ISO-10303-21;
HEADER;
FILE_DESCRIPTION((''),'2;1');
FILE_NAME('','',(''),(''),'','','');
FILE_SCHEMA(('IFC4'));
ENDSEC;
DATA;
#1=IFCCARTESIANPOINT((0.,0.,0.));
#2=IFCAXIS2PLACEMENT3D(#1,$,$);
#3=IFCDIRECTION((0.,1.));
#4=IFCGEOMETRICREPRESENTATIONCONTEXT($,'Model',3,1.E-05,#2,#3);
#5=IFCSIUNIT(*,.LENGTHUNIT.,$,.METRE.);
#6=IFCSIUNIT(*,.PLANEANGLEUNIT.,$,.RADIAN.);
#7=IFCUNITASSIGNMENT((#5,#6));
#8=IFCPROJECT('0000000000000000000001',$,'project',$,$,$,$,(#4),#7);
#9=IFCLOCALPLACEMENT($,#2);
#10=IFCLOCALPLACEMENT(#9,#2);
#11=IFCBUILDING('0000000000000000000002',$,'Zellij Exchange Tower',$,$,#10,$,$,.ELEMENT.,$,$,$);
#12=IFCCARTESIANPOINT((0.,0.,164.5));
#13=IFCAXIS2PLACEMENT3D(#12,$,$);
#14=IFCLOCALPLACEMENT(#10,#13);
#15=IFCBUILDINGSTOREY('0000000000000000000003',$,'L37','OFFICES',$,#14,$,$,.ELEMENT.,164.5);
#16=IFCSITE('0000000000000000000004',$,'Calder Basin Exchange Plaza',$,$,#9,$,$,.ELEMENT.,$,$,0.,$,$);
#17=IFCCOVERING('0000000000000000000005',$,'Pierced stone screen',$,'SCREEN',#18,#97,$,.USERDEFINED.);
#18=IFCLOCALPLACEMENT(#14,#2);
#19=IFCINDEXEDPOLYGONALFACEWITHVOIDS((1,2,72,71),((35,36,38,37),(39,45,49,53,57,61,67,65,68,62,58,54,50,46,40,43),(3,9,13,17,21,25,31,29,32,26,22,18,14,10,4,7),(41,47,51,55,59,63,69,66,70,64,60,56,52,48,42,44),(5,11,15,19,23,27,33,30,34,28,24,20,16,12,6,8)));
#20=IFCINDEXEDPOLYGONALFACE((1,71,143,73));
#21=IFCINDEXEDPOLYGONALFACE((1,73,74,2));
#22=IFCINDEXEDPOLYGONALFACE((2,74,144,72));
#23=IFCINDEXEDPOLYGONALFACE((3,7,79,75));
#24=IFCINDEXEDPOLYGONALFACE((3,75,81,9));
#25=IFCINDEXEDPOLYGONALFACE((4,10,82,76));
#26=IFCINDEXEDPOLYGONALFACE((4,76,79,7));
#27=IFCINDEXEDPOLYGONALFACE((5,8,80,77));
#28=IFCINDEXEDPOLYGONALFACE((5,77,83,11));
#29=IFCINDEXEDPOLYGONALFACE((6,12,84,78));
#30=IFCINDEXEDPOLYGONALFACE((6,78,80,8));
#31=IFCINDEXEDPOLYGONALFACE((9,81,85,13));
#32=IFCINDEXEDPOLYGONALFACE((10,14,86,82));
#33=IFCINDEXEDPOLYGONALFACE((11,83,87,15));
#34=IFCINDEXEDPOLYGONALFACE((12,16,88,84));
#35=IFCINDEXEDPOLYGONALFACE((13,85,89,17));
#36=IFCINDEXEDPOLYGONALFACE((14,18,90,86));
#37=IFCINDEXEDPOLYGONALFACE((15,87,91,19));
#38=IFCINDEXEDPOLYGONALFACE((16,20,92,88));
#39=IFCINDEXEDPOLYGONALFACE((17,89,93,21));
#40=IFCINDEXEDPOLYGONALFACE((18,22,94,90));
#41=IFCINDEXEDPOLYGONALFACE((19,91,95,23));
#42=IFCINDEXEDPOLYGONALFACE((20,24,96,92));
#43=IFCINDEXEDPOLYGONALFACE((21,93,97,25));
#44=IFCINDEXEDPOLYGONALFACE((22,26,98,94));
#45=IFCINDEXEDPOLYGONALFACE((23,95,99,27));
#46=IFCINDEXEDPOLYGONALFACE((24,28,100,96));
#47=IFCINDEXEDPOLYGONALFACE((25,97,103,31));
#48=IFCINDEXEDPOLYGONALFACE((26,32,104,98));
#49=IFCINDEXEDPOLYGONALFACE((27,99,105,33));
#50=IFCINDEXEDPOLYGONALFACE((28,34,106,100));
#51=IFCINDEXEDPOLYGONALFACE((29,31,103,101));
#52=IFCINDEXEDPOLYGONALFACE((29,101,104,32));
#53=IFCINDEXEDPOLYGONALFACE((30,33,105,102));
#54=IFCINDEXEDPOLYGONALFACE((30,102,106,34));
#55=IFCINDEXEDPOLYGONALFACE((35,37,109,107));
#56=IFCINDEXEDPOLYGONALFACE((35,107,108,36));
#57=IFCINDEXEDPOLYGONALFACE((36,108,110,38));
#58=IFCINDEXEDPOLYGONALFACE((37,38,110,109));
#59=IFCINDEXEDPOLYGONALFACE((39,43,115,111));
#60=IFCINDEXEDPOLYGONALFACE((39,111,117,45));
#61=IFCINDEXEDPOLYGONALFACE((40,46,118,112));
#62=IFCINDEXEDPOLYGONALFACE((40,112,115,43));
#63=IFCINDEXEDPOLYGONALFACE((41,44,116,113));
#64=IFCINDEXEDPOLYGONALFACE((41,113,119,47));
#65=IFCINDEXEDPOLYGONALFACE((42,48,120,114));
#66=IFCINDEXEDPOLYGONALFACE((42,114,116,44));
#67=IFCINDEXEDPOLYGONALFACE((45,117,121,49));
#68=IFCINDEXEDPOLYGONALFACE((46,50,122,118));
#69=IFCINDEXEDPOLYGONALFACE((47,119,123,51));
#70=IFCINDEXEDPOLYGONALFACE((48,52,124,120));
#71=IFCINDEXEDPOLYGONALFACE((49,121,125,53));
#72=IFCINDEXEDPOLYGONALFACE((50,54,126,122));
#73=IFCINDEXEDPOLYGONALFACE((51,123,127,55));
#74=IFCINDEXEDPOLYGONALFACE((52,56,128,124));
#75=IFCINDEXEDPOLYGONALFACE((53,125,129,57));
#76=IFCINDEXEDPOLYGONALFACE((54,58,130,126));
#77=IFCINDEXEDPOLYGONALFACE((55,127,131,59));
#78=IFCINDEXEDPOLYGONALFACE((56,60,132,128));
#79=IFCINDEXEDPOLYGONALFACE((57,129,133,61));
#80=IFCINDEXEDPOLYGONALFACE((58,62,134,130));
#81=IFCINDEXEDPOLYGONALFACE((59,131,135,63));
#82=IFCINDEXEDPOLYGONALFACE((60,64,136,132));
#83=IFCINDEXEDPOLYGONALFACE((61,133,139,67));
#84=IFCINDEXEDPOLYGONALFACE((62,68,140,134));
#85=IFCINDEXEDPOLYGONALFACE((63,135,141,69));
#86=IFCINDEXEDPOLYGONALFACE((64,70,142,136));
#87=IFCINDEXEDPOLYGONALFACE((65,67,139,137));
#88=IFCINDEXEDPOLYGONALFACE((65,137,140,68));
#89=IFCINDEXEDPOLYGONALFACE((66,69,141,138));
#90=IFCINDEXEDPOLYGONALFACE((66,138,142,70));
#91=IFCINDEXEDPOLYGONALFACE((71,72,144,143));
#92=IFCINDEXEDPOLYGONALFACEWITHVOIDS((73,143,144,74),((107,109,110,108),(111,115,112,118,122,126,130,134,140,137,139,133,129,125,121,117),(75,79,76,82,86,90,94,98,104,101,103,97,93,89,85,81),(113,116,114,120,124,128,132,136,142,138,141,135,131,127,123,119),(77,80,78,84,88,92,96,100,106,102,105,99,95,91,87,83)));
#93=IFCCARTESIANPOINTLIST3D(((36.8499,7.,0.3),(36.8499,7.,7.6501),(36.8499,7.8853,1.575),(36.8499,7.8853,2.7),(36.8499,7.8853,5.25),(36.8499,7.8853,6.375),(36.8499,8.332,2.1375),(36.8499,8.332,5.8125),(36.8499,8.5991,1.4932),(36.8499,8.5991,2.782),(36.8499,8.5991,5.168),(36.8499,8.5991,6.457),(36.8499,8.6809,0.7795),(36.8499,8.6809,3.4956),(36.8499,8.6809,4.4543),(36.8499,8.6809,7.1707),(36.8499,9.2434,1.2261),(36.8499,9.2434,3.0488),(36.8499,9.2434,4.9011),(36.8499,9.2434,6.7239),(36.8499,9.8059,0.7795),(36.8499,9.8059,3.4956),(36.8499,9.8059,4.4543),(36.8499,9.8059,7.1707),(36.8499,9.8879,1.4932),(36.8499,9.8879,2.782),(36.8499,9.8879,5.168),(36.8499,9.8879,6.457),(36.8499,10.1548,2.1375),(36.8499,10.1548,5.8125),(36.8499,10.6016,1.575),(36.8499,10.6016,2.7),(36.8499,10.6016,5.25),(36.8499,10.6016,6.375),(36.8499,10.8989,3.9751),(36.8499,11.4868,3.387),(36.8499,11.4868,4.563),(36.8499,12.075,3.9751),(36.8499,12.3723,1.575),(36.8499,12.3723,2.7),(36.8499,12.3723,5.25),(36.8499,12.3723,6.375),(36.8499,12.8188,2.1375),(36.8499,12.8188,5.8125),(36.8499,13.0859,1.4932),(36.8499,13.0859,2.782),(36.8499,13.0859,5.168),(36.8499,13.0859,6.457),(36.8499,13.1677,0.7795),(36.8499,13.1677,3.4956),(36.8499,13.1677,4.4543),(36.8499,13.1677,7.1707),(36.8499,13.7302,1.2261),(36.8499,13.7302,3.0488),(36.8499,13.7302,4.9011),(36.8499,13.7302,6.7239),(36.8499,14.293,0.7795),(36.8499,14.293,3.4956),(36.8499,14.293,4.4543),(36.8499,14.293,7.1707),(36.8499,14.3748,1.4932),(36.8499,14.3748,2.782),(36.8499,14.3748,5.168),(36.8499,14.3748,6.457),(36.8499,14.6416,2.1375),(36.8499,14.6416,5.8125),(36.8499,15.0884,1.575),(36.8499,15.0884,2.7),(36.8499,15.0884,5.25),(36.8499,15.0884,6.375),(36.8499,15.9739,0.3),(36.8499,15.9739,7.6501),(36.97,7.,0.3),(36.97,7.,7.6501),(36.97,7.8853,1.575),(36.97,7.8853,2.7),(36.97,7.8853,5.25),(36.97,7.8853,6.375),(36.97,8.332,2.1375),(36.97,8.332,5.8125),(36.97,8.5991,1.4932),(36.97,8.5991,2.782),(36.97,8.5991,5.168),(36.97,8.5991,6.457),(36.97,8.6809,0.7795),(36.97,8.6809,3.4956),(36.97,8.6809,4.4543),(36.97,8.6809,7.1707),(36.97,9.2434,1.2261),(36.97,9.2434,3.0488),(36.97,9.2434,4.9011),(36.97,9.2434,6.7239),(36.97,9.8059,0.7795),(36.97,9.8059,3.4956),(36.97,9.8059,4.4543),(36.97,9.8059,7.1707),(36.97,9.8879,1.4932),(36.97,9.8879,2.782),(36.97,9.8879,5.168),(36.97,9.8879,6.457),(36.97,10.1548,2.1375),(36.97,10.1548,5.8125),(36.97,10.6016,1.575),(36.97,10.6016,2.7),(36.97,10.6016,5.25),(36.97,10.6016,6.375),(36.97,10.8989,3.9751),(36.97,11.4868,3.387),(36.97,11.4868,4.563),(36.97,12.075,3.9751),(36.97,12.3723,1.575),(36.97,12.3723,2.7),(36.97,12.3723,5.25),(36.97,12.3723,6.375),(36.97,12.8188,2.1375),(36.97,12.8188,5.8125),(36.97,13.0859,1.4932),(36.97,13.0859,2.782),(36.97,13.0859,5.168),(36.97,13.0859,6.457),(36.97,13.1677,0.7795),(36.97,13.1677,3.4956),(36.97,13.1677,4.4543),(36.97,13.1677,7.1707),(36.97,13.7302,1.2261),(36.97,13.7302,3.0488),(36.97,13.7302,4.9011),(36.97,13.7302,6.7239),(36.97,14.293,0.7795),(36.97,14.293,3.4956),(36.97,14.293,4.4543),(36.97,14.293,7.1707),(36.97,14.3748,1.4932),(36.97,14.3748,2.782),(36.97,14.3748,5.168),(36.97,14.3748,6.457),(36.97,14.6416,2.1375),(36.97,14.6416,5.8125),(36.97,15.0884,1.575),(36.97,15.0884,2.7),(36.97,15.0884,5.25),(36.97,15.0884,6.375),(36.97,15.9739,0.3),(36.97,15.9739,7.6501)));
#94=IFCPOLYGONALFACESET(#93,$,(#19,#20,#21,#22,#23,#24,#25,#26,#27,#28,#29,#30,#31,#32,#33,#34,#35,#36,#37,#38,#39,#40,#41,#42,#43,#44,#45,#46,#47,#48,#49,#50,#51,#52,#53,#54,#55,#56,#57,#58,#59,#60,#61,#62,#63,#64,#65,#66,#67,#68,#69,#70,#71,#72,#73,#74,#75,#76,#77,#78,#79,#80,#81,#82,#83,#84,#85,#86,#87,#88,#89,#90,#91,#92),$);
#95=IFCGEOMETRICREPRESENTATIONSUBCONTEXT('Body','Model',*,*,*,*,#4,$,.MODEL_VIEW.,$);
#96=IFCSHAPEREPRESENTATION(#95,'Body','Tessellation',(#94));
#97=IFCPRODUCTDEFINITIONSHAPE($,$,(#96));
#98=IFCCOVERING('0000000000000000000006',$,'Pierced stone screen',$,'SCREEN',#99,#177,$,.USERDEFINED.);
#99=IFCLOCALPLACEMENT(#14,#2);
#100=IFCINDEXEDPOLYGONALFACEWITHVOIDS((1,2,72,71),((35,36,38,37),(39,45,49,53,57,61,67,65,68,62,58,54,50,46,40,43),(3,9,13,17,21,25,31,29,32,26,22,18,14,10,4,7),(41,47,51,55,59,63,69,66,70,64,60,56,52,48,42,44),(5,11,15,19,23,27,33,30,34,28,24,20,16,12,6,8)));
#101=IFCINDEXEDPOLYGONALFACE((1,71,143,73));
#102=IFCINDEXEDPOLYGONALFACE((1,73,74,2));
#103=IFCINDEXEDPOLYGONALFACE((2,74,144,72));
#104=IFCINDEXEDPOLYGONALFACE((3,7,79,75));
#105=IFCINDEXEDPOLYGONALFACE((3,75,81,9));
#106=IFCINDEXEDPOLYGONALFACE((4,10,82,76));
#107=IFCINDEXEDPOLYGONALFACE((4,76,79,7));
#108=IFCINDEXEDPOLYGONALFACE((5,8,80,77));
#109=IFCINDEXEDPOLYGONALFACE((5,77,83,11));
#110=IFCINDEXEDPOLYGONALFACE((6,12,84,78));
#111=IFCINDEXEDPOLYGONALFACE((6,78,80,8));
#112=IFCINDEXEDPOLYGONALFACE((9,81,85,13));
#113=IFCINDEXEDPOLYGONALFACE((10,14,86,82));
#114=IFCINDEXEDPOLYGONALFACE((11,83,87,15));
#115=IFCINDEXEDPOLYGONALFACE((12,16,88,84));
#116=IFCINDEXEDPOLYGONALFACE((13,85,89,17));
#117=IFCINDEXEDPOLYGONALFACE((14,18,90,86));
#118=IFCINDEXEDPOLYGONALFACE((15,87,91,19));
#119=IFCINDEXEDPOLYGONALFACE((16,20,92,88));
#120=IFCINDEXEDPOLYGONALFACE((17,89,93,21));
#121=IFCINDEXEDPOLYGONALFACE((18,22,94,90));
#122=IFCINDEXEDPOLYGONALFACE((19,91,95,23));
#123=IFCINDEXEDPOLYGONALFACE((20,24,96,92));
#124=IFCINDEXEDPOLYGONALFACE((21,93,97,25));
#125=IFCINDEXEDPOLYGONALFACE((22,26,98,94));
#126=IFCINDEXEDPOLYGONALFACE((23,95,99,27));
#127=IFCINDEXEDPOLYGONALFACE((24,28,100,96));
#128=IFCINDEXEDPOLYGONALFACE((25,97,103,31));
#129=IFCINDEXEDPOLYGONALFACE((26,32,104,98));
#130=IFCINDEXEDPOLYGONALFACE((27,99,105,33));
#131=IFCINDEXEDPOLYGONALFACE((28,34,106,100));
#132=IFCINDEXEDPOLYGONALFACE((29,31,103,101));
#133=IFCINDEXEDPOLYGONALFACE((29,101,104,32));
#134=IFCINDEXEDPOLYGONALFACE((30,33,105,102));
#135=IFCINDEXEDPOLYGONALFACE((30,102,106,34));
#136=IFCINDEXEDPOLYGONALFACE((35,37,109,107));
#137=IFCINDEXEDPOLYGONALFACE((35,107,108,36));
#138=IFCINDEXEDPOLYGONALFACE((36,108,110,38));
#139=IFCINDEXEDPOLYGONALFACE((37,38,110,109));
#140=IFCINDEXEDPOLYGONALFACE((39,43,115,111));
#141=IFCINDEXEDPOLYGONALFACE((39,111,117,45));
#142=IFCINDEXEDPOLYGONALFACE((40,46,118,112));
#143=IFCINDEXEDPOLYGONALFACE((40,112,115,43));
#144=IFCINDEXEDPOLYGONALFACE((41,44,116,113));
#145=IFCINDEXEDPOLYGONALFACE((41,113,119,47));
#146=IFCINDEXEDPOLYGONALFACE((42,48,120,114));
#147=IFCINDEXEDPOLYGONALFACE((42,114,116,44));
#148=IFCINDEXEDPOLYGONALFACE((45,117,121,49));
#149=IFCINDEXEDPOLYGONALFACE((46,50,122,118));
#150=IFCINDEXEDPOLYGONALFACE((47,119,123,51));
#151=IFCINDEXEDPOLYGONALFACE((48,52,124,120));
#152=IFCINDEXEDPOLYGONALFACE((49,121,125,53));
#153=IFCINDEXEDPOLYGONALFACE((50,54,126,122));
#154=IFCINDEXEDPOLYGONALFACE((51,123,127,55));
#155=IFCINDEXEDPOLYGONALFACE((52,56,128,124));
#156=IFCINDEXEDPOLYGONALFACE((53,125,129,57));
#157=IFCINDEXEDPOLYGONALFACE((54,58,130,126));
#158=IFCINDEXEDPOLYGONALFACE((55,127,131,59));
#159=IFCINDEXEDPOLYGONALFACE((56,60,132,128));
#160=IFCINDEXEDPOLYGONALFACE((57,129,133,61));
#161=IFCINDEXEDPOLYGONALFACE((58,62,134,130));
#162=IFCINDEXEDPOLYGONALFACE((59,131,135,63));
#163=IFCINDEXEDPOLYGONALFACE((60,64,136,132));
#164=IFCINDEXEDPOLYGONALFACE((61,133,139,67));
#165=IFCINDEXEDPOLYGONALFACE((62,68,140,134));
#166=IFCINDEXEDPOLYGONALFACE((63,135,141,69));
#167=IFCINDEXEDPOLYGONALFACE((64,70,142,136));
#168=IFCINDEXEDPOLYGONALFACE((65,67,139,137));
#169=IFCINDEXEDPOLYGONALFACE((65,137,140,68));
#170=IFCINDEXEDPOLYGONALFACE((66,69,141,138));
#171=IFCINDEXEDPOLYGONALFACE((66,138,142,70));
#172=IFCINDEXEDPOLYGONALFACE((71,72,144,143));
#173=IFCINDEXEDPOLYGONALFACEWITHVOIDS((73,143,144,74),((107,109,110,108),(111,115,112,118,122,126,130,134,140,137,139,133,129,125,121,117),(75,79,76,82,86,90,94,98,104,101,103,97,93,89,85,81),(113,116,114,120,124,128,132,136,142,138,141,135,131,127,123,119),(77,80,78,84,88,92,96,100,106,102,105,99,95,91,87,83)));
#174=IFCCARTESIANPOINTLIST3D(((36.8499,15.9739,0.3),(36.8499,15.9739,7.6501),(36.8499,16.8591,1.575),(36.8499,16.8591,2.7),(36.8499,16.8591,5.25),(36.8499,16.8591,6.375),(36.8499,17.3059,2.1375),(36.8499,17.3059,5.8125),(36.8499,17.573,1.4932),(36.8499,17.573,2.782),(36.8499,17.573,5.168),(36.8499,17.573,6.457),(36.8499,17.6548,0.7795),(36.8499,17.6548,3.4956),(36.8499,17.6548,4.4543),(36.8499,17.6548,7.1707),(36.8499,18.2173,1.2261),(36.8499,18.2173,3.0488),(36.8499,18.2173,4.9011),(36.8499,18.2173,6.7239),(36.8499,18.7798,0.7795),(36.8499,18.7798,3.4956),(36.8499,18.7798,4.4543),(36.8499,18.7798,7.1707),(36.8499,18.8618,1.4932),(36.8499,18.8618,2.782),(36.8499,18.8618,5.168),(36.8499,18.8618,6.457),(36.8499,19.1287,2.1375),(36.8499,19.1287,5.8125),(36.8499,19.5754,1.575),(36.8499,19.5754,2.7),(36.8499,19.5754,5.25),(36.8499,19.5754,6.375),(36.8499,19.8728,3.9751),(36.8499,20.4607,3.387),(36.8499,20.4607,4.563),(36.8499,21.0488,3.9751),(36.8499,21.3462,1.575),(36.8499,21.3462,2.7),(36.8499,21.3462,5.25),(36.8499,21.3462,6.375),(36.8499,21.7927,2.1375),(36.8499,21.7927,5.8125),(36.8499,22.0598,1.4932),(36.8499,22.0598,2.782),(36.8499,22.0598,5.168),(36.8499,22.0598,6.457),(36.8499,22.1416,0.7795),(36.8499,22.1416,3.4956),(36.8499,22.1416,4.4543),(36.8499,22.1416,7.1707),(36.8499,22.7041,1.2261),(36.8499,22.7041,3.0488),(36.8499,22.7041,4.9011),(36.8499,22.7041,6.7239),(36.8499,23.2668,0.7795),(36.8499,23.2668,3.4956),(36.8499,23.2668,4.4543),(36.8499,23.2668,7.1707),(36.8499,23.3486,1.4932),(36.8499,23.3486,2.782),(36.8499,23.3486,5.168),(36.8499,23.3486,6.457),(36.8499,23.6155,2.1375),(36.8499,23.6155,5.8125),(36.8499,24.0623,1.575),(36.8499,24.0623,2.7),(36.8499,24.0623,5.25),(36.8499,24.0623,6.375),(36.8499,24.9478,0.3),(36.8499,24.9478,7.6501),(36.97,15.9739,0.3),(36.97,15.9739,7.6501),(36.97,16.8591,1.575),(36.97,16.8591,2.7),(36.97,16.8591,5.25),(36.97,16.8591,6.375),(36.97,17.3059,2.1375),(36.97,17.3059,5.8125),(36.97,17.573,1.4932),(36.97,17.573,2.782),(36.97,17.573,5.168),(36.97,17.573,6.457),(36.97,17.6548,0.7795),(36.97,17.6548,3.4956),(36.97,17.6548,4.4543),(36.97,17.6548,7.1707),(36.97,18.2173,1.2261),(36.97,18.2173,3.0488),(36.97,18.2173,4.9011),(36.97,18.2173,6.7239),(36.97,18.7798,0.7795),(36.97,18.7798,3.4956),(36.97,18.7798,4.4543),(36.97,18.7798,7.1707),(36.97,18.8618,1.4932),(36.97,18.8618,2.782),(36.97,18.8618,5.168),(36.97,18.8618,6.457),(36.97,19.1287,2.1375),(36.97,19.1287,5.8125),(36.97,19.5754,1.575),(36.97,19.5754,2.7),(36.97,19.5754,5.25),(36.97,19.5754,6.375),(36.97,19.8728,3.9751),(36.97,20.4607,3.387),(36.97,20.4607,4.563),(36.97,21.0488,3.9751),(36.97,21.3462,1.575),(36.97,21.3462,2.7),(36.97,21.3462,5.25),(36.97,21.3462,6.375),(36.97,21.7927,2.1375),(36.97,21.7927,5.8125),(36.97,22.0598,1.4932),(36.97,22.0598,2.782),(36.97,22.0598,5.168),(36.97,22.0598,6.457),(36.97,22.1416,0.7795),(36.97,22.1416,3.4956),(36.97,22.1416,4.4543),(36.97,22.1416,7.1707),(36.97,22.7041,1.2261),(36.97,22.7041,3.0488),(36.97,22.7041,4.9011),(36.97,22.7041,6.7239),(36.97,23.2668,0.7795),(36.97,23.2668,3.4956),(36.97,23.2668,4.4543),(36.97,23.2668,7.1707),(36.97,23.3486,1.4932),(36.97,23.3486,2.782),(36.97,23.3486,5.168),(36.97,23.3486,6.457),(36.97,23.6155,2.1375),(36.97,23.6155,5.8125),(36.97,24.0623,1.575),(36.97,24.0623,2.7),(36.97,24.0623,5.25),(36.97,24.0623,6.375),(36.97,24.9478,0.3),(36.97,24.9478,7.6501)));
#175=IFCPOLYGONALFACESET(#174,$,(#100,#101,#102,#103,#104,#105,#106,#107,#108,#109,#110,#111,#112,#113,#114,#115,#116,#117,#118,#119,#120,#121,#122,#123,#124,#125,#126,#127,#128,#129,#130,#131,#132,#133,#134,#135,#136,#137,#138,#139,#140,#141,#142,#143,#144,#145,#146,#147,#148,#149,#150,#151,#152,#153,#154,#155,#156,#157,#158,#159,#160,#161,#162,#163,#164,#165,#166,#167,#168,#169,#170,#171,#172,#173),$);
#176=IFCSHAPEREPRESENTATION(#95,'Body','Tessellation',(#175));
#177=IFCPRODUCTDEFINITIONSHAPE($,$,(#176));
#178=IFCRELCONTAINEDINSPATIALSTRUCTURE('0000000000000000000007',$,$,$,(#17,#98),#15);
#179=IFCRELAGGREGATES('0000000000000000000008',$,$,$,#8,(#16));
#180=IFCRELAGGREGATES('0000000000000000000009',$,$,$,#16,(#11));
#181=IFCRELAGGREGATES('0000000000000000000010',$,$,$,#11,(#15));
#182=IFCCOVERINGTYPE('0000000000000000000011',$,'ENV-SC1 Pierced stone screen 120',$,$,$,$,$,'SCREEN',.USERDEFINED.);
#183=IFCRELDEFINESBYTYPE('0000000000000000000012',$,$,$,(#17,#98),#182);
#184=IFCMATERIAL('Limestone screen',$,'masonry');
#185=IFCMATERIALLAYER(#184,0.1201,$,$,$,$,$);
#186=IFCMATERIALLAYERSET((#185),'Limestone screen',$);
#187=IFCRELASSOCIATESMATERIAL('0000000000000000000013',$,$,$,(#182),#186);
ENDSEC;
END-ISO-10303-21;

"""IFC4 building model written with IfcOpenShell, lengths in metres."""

from ifc_helpers import new_model, si_unit, direction, frame, origin, place, context, subcontext, project, spatial, polyline, outline, extrude, material, layer, layer_set, type_object, element, save


model = new_model("IFC4")

# Units and contexts
model_context = context("Model", 3, precision=1e-05, world=origin(), true_north=direction((0.0, 1.0)))
body_context = subcontext(model_context, "Body", "Model", "MODEL_VIEW")
ifc_project = project(units=[si_unit("LENGTHUNIT", "METRE"), si_unit("PLANEANGLEUNIT", "RADIAN")], contexts=[model_context])

# Site, building, storey
site_placement = place(None, origin())
site = spatial("IfcSite", under=ifc_project, at=site_placement, Name="Calder Basin Exchange Plaza", CompositionType="ELEMENT", RefElevation=0.0)
building_placement = place(site_placement, origin())
building = spatial("IfcBuilding", under=site, at=building_placement, Name="Zellij Exchange Tower", CompositionType="ELEMENT")
storey_placement = place(building_placement, frame((0.0, 0.0, 164.5)))
storey = spatial("IfcBuildingStorey", under=building, at=storey_placement, Name="L37", Description="OFFICES", CompositionType="ELEMENT", Elevation=164.5)

# Coverings
ifc_material_1 = material(Name="Limestone screen", Category="masonry")
ifc_layer_1 = layer(ifc_material_1, 0.1201)
ifc_layer_set_1 = layer_set([ifc_layer_1], Name="Limestone screen")
covering_type = type_object("IfcCoveringType", Name="ENV-SC1 Pierced stone screen 120", ElementType="SCREEN", PredefinedType="USERDEFINED", material=ifc_layer_set_1)
covering_1_placement = place(storey_placement, frame((36.9099, 7.0, 0.3), z_axis=(0.0, 0.0, 1.0), x_axis=(0.0, 1.0, 0.0)))
element("IfcCovering", 1, at=covering_1_placement, inside=storey, type_object=covering_type, Name="Pierced stone screen", ObjectType="SCREEN", PredefinedType="USERDEFINED", context=body_context, shape_type="SweptSolid", body=[
    extrude(outline(polyline([(0.0, 0.0), (8.9739, 0.0), (8.9739, 7.3501), (0.0, 7.3501), (0.0, 0.0)]), holes=[polyline([(3.6016, 2.3999), (2.8879, 2.4819), (2.8059, 3.1956), (2.2434, 2.7488), (1.6809, 3.1956), (1.5991, 2.4819), (0.8853, 2.3999), (1.332, 1.8374), (0.8853, 1.2749), (1.5991, 1.1931), (1.6809, 0.4795), (2.2434, 0.926), (2.8059, 0.4795), (2.8879, 1.1931), (3.6016, 1.2749), (3.1548, 1.8374), (3.6016, 2.3999)]), polyline([(3.6016, 6.075), (2.8879, 6.157), (2.8059, 6.8706), (2.2434, 6.4238), (1.6809, 6.8706), (1.5991, 6.157), (0.8853, 6.075), (1.332, 5.5125), (0.8853, 4.95), (1.5991, 4.8679), (1.6809, 4.1543), (2.2434, 4.6011), (2.8059, 4.1543), (2.8879, 4.8679), (3.6016, 4.95), (3.1548, 5.5125), (3.6016, 6.075)]), polyline([(8.0884, 2.3999), (7.3748, 2.4819), (7.293, 3.1956), (6.7302, 2.7488), (6.1677, 3.1956), (6.0859, 2.4819), (5.3723, 2.3999), (5.8188, 1.8374), (5.3723, 1.2749), (6.0859, 1.1931), (6.1677, 0.4795), (6.7302, 0.926), (7.293, 0.4795), (7.3748, 1.1931), (8.0884, 1.2749), (7.6416, 1.8374), (8.0884, 2.3999)]), polyline([(8.0884, 6.075), (7.3748, 6.157), (7.293, 6.8706), (6.7302, 6.4238), (6.1677, 6.8706), (6.0859, 6.157), (5.3723, 6.075), (5.8188, 5.5125), (5.3723, 4.95), (6.0859, 4.8679), (6.1677, 4.1543), (6.7302, 4.6011), (7.293, 4.1543), (7.3748, 4.8679), (8.0884, 4.95), (7.6416, 5.5125), (8.0884, 6.075)]), polyline([(5.075, 3.675), (4.4868, 4.2629), (3.8989, 3.675), (4.4868, 3.0869), (5.075, 3.675)])]), frame((0.0, 0.0601, 0.0), z_axis=(0.0, -1.0, 0.0), x_axis=(1.0, 0.0, 0.0)), (0.0, 0.0, 1.0), 0.1201),
])
covering_2_placement = place(storey_placement, frame((36.9099, 15.9739, 0.3), z_axis=(0.0, 0.0, 1.0), x_axis=(0.0, 1.0, 0.0)))
element("IfcCovering", 2, at=covering_2_placement, inside=storey, type_object=covering_type, Name="Pierced stone screen", ObjectType="SCREEN", PredefinedType="USERDEFINED", context=body_context, shape_type="SweptSolid", body=[
    extrude(outline(polyline([(0.0, 0.0), (8.9739, 0.0), (8.9739, 7.3501), (0.0, 7.3501), (0.0, 0.0)]), holes=[polyline([(3.6016, 2.3999), (2.8879, 2.4819), (2.8059, 3.1956), (2.2434, 2.7488), (1.6809, 3.1956), (1.5991, 2.4819), (0.8853, 2.3999), (1.332, 1.8374), (0.8853, 1.2749), (1.5991, 1.1931), (1.6809, 0.4795), (2.2434, 0.926), (2.8059, 0.4795), (2.8879, 1.1931), (3.6016, 1.2749), (3.1548, 1.8374), (3.6016, 2.3999)]), polyline([(3.6016, 6.075), (2.8879, 6.157), (2.8059, 6.8706), (2.2434, 6.4238), (1.6809, 6.8706), (1.5991, 6.157), (0.8853, 6.075), (1.332, 5.5125), (0.8853, 4.95), (1.5991, 4.8679), (1.6809, 4.1543), (2.2434, 4.6011), (2.8059, 4.1543), (2.8879, 4.8679), (3.6016, 4.95), (3.1548, 5.5125), (3.6016, 6.075)]), polyline([(8.0884, 2.3999), (7.3748, 2.4819), (7.293, 3.1956), (6.7302, 2.7488), (6.1677, 3.1956), (6.0859, 2.4819), (5.3723, 2.3999), (5.8188, 1.8374), (5.3723, 1.2749), (6.0859, 1.1931), (6.1677, 0.4795), (6.7302, 0.926), (7.293, 0.4795), (7.3748, 1.1931), (8.0884, 1.2749), (7.6416, 1.8374), (8.0884, 2.3999)]), polyline([(8.0884, 6.075), (7.3748, 6.157), (7.293, 6.8706), (6.7302, 6.4238), (6.1677, 6.8706), (6.0859, 6.157), (5.3723, 6.075), (5.8188, 5.5125), (5.3723, 4.95), (6.0859, 4.8679), (6.1677, 4.1543), (6.7302, 4.6011), (7.293, 4.1543), (7.3748, 4.8679), (8.0884, 4.95), (7.6416, 5.5125), (8.0884, 6.075)]), polyline([(5.075, 3.675), (4.4868, 4.2629), (3.8989, 3.675), (4.4868, 3.0869), (5.075, 3.675)])]), frame((0.0, 0.0601, 0.0), z_axis=(0.0, -1.0, 0.0), x_axis=(1.0, 0.0, 0.0)), (0.0, 0.0, 1.0), 0.1201),
])

save(model, "model.ifc")
